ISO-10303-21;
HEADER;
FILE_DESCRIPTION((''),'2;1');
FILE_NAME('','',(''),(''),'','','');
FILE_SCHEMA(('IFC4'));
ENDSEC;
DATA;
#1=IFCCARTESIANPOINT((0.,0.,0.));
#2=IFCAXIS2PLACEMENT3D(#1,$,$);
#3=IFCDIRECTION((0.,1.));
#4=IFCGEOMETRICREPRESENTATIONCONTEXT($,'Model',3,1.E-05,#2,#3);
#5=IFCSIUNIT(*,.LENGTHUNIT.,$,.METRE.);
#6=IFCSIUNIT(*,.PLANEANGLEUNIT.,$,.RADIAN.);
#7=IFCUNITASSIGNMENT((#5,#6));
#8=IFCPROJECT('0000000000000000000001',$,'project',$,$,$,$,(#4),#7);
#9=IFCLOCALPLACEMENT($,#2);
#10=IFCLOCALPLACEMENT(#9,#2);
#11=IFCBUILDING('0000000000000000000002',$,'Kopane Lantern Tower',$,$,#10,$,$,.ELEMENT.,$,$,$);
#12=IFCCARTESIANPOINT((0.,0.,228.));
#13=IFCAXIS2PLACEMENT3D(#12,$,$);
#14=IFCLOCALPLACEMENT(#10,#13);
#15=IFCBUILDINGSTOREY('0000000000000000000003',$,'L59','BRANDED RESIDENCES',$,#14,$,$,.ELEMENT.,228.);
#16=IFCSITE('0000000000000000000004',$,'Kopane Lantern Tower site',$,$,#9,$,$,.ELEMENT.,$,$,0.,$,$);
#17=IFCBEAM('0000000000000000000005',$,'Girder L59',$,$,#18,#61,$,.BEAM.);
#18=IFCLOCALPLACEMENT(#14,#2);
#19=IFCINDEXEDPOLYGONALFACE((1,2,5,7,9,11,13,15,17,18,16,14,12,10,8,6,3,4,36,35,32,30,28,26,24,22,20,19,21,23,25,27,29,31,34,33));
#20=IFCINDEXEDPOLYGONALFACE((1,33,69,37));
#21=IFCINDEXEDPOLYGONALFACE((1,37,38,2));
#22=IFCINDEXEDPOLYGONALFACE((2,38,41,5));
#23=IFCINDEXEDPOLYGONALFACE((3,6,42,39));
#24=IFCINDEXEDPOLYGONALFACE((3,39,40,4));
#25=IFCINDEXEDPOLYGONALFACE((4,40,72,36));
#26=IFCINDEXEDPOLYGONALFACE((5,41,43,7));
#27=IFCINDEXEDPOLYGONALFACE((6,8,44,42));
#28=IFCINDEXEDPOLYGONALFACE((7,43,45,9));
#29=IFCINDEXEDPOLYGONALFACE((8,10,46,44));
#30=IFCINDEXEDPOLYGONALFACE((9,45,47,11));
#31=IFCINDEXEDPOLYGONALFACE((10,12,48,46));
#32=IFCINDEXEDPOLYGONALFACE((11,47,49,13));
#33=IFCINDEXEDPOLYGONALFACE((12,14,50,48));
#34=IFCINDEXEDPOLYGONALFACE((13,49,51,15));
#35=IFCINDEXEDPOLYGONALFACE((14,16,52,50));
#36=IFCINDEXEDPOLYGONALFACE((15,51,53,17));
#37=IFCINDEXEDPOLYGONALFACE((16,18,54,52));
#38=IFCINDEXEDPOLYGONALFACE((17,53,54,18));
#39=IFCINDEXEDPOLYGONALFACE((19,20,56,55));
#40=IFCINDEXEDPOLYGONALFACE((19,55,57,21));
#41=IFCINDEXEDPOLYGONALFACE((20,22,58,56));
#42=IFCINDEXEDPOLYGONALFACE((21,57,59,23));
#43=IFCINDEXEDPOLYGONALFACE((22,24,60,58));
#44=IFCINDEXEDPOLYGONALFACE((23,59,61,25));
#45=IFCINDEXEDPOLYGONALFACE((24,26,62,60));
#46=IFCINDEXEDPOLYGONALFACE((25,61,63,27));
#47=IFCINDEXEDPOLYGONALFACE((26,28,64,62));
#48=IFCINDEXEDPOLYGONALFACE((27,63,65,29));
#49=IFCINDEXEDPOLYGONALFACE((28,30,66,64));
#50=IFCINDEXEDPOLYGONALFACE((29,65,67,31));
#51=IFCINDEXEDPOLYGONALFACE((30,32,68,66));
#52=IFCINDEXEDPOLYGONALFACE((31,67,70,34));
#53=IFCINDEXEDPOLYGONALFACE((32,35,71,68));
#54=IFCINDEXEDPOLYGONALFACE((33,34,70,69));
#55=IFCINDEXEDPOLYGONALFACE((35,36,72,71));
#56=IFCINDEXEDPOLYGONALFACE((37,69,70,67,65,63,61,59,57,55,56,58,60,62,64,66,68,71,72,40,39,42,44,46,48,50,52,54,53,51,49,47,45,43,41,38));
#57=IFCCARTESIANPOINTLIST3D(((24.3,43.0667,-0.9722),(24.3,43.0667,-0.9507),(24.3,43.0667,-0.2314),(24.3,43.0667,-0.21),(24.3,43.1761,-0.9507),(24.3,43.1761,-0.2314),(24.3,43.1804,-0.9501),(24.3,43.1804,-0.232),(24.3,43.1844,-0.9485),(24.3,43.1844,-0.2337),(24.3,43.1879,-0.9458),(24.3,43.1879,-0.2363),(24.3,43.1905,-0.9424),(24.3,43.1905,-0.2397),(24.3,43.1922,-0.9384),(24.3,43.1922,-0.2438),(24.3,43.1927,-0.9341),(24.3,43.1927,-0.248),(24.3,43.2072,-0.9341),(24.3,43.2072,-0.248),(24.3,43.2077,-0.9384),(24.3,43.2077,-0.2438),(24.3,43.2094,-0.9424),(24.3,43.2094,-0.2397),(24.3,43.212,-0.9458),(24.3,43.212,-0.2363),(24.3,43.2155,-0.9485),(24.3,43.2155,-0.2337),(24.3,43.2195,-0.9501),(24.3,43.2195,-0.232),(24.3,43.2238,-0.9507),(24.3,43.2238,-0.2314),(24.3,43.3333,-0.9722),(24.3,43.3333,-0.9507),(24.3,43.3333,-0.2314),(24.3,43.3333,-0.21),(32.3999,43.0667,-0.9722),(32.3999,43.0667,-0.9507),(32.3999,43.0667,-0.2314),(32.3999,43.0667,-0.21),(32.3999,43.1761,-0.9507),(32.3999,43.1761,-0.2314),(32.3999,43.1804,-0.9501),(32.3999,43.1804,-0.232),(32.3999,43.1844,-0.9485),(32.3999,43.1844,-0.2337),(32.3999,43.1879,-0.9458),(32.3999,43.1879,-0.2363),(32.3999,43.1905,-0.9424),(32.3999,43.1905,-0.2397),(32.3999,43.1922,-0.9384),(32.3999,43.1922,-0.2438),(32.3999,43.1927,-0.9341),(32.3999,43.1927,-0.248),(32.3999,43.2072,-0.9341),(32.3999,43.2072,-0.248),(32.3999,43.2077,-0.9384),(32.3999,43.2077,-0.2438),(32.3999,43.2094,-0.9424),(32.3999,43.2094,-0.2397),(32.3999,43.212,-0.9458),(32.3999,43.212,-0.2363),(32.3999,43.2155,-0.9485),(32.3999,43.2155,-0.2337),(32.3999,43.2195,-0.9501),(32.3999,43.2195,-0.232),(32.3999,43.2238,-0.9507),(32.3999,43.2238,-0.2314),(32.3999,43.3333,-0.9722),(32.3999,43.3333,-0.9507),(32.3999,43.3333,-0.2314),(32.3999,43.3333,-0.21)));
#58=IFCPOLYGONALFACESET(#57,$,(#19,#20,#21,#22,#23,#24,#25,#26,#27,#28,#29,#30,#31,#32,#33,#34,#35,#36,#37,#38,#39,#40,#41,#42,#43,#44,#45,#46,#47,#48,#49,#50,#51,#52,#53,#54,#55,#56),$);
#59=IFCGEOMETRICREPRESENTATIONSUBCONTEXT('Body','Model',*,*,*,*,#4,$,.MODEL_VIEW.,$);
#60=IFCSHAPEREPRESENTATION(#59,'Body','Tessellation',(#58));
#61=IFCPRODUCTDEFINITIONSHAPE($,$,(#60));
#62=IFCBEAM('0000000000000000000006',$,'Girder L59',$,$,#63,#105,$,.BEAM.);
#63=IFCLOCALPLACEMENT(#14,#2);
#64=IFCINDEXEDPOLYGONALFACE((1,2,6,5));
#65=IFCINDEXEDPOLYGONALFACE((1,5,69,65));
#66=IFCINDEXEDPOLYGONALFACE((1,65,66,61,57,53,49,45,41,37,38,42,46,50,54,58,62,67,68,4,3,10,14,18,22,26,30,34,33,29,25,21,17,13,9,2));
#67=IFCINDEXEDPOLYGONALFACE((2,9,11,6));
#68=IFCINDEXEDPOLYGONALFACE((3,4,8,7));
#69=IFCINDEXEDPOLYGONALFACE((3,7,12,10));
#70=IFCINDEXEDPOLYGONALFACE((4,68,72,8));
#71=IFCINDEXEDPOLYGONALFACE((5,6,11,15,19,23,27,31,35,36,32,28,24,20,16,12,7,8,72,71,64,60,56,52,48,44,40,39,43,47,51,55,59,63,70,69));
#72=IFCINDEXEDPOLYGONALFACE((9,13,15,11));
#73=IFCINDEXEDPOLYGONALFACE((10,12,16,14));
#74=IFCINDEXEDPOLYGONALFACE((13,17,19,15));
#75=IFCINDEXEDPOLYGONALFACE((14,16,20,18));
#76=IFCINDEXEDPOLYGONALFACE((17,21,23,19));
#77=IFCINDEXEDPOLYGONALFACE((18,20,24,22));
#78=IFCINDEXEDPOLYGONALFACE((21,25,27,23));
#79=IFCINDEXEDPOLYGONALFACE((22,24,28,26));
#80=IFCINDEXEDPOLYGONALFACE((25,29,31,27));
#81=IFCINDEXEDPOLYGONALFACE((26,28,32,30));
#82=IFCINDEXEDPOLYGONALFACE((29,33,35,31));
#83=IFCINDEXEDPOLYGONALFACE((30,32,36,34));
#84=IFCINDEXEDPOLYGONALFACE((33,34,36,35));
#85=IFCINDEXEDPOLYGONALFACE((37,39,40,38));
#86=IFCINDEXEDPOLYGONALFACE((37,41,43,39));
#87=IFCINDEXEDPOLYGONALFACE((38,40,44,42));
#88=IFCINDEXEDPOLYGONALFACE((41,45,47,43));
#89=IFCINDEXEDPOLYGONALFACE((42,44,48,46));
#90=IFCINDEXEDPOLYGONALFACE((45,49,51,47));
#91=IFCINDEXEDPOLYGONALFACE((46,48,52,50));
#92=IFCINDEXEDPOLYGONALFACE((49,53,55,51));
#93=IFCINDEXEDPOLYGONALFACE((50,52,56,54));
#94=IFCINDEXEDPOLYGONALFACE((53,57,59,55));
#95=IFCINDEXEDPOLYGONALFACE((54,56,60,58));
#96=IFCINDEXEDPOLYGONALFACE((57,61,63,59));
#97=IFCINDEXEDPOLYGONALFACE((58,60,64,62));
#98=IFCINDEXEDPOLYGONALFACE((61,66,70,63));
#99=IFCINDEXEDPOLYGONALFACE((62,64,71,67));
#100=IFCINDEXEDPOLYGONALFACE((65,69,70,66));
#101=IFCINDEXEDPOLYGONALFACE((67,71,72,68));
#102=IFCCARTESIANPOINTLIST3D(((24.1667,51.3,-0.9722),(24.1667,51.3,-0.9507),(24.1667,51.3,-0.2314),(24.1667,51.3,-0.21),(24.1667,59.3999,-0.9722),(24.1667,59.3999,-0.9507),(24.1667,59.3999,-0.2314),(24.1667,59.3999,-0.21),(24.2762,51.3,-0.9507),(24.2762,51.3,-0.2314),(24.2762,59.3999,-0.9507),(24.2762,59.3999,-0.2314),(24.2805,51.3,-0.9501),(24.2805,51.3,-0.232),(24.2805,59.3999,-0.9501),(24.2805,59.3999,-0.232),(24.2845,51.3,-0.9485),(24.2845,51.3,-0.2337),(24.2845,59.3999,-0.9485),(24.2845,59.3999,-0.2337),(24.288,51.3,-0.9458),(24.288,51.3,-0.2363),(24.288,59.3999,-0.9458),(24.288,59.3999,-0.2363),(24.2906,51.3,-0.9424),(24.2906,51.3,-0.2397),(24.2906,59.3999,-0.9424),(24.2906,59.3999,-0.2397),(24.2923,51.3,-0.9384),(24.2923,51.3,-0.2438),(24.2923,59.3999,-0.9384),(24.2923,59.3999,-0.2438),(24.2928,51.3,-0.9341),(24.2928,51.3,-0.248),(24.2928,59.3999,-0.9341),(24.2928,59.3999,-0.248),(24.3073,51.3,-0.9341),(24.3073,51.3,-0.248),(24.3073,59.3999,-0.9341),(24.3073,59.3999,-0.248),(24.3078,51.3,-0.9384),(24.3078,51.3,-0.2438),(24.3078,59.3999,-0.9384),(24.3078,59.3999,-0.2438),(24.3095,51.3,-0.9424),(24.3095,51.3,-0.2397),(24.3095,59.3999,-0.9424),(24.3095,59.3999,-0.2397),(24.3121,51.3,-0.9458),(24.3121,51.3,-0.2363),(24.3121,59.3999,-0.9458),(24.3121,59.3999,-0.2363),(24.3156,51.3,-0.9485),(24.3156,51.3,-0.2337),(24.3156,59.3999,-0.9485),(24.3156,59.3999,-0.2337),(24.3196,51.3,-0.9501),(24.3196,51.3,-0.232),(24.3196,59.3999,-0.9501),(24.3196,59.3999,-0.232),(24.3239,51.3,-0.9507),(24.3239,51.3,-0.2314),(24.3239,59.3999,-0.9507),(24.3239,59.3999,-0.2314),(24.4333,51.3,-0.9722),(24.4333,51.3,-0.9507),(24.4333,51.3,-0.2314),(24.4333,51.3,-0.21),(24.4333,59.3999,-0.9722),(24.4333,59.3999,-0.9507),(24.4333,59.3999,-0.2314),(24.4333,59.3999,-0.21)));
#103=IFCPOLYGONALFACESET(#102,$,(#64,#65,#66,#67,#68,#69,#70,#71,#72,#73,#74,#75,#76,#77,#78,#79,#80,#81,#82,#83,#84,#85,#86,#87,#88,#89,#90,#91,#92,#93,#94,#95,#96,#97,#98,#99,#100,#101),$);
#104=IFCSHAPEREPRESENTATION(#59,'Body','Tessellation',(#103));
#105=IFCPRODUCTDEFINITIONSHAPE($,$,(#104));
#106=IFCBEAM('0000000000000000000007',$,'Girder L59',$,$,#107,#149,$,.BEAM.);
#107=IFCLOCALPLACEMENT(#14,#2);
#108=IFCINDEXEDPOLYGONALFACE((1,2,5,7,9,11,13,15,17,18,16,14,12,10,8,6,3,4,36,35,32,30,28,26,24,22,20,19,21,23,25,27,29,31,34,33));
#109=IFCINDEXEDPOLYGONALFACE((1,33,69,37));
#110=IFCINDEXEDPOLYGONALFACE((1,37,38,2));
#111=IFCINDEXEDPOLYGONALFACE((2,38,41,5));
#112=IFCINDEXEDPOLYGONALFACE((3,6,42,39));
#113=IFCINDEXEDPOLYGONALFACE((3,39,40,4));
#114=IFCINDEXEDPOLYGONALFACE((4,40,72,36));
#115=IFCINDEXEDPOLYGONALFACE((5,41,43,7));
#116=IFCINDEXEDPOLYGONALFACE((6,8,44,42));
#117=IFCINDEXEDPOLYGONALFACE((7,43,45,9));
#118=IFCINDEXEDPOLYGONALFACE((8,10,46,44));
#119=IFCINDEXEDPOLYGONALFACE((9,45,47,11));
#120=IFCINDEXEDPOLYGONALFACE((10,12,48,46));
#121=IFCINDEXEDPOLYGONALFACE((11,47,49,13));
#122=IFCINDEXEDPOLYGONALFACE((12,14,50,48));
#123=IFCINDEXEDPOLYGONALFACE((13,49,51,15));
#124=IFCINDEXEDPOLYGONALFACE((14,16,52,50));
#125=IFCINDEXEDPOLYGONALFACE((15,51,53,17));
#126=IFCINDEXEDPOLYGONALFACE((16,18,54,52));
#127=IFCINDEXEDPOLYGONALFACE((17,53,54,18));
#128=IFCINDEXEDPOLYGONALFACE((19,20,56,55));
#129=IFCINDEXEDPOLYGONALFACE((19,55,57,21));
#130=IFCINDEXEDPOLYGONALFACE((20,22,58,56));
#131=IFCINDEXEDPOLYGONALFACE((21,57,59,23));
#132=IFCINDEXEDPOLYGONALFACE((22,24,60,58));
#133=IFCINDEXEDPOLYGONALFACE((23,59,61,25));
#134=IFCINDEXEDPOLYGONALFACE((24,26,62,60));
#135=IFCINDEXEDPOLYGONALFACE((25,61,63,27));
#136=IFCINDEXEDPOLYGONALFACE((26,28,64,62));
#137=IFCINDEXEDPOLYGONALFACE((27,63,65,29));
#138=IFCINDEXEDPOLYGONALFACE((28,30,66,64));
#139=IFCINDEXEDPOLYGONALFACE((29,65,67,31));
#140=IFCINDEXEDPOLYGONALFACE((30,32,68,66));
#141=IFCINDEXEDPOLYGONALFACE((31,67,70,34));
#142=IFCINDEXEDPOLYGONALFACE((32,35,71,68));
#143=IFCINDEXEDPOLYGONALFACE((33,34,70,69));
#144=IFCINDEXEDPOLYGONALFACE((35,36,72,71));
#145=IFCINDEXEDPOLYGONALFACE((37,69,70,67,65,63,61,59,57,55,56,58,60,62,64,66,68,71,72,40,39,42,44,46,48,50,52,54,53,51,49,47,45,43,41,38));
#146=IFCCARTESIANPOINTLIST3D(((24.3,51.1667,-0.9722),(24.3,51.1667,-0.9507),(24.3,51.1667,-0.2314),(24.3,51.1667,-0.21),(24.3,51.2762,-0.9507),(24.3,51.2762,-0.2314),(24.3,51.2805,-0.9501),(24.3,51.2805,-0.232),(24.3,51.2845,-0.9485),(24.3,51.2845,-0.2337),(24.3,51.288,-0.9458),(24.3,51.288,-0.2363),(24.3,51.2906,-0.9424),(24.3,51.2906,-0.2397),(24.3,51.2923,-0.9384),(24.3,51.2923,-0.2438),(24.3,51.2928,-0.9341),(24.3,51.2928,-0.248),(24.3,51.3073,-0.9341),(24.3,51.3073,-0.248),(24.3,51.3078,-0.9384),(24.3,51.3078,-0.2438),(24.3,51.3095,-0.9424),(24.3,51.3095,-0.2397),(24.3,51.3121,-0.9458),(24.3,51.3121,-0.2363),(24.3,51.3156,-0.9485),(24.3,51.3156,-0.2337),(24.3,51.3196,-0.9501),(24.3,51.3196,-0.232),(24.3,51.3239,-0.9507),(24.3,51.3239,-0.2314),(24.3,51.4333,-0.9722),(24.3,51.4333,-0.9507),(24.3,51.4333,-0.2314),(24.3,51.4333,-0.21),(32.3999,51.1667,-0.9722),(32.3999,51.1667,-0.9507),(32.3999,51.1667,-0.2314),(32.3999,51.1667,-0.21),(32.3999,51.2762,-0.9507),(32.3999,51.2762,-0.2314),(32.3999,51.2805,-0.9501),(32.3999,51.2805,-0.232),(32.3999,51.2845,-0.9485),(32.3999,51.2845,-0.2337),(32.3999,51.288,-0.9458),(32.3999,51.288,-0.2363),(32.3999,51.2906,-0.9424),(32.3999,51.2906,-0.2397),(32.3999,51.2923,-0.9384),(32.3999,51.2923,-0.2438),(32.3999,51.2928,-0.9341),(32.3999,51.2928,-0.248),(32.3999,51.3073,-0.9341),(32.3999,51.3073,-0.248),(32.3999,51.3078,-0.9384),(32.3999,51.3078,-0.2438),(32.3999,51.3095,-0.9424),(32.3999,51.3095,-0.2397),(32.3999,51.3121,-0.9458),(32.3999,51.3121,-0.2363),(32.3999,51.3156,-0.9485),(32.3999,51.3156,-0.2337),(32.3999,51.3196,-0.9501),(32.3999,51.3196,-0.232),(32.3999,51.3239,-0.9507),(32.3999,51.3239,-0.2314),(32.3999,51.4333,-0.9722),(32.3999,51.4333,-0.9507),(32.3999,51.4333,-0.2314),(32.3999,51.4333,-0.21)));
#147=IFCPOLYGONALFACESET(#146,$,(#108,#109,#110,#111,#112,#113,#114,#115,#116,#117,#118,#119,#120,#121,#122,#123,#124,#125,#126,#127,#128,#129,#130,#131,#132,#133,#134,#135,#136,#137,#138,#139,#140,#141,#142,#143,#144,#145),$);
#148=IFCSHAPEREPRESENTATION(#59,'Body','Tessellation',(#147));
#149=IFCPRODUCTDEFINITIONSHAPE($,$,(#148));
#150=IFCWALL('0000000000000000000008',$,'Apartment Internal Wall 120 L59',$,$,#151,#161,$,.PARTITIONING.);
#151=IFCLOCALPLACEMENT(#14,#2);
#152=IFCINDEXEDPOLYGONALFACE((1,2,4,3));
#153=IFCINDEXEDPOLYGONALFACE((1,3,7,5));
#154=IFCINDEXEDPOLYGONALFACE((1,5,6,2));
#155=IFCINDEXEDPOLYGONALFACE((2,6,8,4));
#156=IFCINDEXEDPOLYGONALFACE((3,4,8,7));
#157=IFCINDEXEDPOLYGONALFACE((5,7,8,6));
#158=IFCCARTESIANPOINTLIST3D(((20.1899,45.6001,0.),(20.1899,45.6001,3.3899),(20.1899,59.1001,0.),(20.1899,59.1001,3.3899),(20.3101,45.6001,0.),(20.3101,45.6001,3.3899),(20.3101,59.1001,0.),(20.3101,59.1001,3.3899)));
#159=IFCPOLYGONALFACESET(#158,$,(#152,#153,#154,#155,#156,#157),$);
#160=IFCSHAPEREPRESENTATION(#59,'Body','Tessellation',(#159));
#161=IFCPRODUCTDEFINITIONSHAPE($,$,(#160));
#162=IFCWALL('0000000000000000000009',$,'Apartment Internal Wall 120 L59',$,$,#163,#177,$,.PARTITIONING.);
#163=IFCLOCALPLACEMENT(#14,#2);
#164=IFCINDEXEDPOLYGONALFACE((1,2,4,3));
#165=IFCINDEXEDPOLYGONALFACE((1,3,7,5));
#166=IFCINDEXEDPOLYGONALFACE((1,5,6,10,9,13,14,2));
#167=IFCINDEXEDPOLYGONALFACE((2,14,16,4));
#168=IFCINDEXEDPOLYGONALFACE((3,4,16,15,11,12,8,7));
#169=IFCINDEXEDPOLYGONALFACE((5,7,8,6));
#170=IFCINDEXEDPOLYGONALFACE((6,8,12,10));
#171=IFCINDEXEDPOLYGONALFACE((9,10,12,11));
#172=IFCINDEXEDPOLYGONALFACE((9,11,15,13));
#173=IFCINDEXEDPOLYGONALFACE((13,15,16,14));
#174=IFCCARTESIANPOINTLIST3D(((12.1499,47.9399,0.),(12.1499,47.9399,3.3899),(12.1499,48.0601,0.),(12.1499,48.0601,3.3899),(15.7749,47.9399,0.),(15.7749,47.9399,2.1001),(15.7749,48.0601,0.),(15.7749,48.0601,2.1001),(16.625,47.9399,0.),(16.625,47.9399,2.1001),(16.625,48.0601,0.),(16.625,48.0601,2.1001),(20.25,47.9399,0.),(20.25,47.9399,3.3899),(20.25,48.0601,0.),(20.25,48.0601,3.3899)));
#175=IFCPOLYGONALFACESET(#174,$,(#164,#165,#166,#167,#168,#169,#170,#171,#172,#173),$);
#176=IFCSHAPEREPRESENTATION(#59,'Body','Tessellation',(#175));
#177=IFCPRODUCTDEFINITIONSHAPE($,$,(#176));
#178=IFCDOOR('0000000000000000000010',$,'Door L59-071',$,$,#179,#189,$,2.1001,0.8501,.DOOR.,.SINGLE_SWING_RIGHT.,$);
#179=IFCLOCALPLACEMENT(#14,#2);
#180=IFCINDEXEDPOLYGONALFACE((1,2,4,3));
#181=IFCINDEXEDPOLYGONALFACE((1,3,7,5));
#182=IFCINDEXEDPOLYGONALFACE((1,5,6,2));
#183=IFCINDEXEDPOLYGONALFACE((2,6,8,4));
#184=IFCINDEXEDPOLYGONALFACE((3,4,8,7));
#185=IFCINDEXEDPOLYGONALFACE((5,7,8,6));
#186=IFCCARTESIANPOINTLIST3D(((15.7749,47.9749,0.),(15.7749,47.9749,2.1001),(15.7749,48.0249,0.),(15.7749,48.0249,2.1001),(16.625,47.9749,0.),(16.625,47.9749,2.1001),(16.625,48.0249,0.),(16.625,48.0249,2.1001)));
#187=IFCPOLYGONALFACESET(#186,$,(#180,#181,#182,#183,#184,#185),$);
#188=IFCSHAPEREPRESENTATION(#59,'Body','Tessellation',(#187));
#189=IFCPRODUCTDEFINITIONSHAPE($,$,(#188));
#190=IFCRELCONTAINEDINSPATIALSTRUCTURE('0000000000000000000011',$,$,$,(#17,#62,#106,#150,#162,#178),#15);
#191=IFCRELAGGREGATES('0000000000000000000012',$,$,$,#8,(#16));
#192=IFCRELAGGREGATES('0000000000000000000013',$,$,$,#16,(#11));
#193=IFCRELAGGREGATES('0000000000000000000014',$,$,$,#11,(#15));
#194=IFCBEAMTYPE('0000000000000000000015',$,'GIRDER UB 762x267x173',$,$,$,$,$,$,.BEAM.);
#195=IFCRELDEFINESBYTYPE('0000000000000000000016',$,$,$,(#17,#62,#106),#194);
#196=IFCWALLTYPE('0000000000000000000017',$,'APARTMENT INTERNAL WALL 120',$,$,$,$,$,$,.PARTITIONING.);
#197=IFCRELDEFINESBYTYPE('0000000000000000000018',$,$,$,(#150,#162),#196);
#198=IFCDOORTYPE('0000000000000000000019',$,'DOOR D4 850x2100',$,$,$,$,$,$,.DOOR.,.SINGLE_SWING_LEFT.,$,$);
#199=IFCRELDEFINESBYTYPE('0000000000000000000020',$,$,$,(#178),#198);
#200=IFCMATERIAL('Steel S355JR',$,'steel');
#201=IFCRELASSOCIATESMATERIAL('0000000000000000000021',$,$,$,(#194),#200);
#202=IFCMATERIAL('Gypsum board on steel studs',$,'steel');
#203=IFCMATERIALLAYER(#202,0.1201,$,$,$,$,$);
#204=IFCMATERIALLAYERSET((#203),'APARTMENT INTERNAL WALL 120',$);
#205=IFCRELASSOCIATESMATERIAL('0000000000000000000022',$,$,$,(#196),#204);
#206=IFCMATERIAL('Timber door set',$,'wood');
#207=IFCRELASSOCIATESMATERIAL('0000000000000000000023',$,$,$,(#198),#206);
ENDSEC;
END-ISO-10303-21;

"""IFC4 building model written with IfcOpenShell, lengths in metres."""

from ifc_helpers import new_model, si_unit, direction, frame, frame_2d, origin, origin_2d, place, context, subcontext, project, spatial, rectangle, i_section, extrude, material, layer, layer_set, material_profile, profile_set, type_object, element, fill, save


model = new_model("IFC4")

# Units and contexts
model_context = context("Model", 3, precision=1e-05, world=origin(), true_north=direction((0.0, 1.0)))
body_context = subcontext(model_context, "Body", "Model", "MODEL_VIEW")
ifc_project = project(units=[si_unit("LENGTHUNIT", "METRE"), si_unit("PLANEANGLEUNIT", "RADIAN")], contexts=[model_context])

# Site, building, storey
site_placement = place(None, origin())
site = spatial("IfcSite", under=ifc_project, at=site_placement, Name="Kopane Lantern Tower site", CompositionType="ELEMENT", RefElevation=0.0)
building_placement = place(site_placement, origin())
building = spatial("IfcBuilding", under=site, at=building_placement, Name="Kopane Lantern Tower", CompositionType="ELEMENT")
storey_placement = place(building_placement, frame((0.0, 0.0, 228.0)))
storey = spatial("IfcBuildingStorey", under=building, at=storey_placement, Name="L59", Description="BRANDED RESIDENCES", CompositionType="ELEMENT", Elevation=228.0)

# Beams
ifc_material_1 = material(Name="Steel S355JR", Category="steel")
ifc_material_profile_1 = material_profile(ifc_material_1, i_section(OverallWidth=0.2666, OverallDepth=0.7622, WebThickness=0.0144, FlangeThickness=0.0215, FilletRadius=0.0166, at=origin_2d()), Name="UB 762x267x173")
ifc_profile_set_1 = profile_set([ifc_material_profile_1], Name="Steel S355JR")
beam_type = type_object("IfcBeamType", Name="GIRDER UB 762x267x173", PredefinedType="BEAM", material=ifc_profile_set_1)
for number, where, z_axis, x_axis, name in (
    (1, (24.3, 43.2, -0.5911), (1.0, 0.0, 0.0), (0.0, 1.0, 0.0), "Girder L59"),
    (2, (24.3, 51.3, -0.5911), (0.0, 1.0, 0.0), (-1.0, 0.0, 0.0), "Girder L59"),
    (3, (24.3, 51.3, -0.5911), (1.0, 0.0, 0.0), (0.0, 1.0, 0.0), "Girder L59"),
):
    element("IfcBeam", number, at=place(storey_placement, frame(where, z_axis=z_axis, x_axis=x_axis)), inside=storey, type_object=beam_type, Name=name, PredefinedType="BEAM", context=body_context, shape_type="SweptSolid", body=[
        extrude(i_section(OverallWidth=0.2666, OverallDepth=0.7622, WebThickness=0.0144, FlangeThickness=0.0215, FilletRadius=0.0166, at=origin_2d()), origin(), (0.0, 0.0, 1.0), 8.0999),
    ])

# Wall
ifc_material_2 = material(Name="Gypsum board on steel studs", Category="steel")
ifc_layer_1 = layer(ifc_material_2, 0.1201)
ifc_layer_set_1 = layer_set([ifc_layer_1], Name="APARTMENT INTERNAL WALL 120")
wall_type_1 = type_object("IfcWallType", Name="APARTMENT INTERNAL WALL 120", PredefinedType="PARTITIONING", material=ifc_layer_set_1)
wall_1_placement = place(storey_placement, frame((20.25, 45.6001, 0.0), z_axis=(0.0, 0.0, 1.0), x_axis=(0.0, 1.0, 0.0)))
element("IfcWall", 4, at=wall_1_placement, inside=storey, type_object=wall_type_1, Name="Apartment Internal Wall 120 L59", PredefinedType="PARTITIONING", context=body_context, shape_type="SweptSolid", body=[
    extrude(rectangle(XDim=13.5, YDim=0.1201, at=frame_2d((6.75, 0.0))), origin(), (0.0, 0.0, 1.0), 3.3899),
])

# Wall, opening, door
wall_2_placement = place(storey_placement, frame((12.1499, 48.0, 0.0), z_axis=(0.0, 0.0, 1.0), x_axis=(1.0, 0.0, 0.0)))
wall_2 = element("IfcWall", 5, at=wall_2_placement, inside=storey, type_object=wall_type_1, Name="Apartment Internal Wall 120 L59", PredefinedType="PARTITIONING", context=body_context, shape_type="SweptSolid", body=[
    extrude(rectangle(XDim=8.1001, YDim=0.1201, at=frame_2d((4.05, 0.0))), origin(), (0.0, 0.0, 1.0), 3.3899),
])
opening_1_placement = place(wall_2_placement, frame((3.625, 0.0, 0.0)))
opening_1 = element("IfcOpeningElement", 6, at=opening_1_placement, cuts=wall_2, PredefinedType="OPENING", context=body_context, shape_type="SweptSolid", body=[
    extrude(rectangle(XDim=0.8501, YDim=2.1001, at=frame_2d((0.425, 1.05))), frame((0.0, 0.0701, 0.0), z_axis=(0.0, -1.0, 0.0), x_axis=(1.0, 0.0, 0.0)), (0.0, 0.0, 1.0), 0.1401),
])
ifc_material_3 = material(Name="Timber door set", Category="wood")
door_type_1 = type_object("IfcDoorType", Name="DOOR D4 850x2100", OperationType="SINGLE_SWING_LEFT", PredefinedType="DOOR", material=ifc_material_3)
door_1_placement = place(opening_1_placement, origin())
door_1 = element("IfcDoor", 7, at=door_1_placement, inside=storey, type_object=door_type_1, Name="Door L59-071", OperationType="SINGLE_SWING_RIGHT", OverallHeight=2.1001, OverallWidth=0.8501, PredefinedType="DOOR", context=body_context, shape_type="SweptSolid", body=[
    extrude(rectangle(XDim=0.8501, YDim=2.1001, at=frame_2d((0.425, 1.05))), frame((0.0, 0.0249, 0.0), z_axis=(0.0, -1.0, 0.0), x_axis=(1.0, 0.0, 0.0)), (0.0, 0.0, 1.0), 0.05),
])
fill(opening_1, door_1)

save(model, "model.ifc")
